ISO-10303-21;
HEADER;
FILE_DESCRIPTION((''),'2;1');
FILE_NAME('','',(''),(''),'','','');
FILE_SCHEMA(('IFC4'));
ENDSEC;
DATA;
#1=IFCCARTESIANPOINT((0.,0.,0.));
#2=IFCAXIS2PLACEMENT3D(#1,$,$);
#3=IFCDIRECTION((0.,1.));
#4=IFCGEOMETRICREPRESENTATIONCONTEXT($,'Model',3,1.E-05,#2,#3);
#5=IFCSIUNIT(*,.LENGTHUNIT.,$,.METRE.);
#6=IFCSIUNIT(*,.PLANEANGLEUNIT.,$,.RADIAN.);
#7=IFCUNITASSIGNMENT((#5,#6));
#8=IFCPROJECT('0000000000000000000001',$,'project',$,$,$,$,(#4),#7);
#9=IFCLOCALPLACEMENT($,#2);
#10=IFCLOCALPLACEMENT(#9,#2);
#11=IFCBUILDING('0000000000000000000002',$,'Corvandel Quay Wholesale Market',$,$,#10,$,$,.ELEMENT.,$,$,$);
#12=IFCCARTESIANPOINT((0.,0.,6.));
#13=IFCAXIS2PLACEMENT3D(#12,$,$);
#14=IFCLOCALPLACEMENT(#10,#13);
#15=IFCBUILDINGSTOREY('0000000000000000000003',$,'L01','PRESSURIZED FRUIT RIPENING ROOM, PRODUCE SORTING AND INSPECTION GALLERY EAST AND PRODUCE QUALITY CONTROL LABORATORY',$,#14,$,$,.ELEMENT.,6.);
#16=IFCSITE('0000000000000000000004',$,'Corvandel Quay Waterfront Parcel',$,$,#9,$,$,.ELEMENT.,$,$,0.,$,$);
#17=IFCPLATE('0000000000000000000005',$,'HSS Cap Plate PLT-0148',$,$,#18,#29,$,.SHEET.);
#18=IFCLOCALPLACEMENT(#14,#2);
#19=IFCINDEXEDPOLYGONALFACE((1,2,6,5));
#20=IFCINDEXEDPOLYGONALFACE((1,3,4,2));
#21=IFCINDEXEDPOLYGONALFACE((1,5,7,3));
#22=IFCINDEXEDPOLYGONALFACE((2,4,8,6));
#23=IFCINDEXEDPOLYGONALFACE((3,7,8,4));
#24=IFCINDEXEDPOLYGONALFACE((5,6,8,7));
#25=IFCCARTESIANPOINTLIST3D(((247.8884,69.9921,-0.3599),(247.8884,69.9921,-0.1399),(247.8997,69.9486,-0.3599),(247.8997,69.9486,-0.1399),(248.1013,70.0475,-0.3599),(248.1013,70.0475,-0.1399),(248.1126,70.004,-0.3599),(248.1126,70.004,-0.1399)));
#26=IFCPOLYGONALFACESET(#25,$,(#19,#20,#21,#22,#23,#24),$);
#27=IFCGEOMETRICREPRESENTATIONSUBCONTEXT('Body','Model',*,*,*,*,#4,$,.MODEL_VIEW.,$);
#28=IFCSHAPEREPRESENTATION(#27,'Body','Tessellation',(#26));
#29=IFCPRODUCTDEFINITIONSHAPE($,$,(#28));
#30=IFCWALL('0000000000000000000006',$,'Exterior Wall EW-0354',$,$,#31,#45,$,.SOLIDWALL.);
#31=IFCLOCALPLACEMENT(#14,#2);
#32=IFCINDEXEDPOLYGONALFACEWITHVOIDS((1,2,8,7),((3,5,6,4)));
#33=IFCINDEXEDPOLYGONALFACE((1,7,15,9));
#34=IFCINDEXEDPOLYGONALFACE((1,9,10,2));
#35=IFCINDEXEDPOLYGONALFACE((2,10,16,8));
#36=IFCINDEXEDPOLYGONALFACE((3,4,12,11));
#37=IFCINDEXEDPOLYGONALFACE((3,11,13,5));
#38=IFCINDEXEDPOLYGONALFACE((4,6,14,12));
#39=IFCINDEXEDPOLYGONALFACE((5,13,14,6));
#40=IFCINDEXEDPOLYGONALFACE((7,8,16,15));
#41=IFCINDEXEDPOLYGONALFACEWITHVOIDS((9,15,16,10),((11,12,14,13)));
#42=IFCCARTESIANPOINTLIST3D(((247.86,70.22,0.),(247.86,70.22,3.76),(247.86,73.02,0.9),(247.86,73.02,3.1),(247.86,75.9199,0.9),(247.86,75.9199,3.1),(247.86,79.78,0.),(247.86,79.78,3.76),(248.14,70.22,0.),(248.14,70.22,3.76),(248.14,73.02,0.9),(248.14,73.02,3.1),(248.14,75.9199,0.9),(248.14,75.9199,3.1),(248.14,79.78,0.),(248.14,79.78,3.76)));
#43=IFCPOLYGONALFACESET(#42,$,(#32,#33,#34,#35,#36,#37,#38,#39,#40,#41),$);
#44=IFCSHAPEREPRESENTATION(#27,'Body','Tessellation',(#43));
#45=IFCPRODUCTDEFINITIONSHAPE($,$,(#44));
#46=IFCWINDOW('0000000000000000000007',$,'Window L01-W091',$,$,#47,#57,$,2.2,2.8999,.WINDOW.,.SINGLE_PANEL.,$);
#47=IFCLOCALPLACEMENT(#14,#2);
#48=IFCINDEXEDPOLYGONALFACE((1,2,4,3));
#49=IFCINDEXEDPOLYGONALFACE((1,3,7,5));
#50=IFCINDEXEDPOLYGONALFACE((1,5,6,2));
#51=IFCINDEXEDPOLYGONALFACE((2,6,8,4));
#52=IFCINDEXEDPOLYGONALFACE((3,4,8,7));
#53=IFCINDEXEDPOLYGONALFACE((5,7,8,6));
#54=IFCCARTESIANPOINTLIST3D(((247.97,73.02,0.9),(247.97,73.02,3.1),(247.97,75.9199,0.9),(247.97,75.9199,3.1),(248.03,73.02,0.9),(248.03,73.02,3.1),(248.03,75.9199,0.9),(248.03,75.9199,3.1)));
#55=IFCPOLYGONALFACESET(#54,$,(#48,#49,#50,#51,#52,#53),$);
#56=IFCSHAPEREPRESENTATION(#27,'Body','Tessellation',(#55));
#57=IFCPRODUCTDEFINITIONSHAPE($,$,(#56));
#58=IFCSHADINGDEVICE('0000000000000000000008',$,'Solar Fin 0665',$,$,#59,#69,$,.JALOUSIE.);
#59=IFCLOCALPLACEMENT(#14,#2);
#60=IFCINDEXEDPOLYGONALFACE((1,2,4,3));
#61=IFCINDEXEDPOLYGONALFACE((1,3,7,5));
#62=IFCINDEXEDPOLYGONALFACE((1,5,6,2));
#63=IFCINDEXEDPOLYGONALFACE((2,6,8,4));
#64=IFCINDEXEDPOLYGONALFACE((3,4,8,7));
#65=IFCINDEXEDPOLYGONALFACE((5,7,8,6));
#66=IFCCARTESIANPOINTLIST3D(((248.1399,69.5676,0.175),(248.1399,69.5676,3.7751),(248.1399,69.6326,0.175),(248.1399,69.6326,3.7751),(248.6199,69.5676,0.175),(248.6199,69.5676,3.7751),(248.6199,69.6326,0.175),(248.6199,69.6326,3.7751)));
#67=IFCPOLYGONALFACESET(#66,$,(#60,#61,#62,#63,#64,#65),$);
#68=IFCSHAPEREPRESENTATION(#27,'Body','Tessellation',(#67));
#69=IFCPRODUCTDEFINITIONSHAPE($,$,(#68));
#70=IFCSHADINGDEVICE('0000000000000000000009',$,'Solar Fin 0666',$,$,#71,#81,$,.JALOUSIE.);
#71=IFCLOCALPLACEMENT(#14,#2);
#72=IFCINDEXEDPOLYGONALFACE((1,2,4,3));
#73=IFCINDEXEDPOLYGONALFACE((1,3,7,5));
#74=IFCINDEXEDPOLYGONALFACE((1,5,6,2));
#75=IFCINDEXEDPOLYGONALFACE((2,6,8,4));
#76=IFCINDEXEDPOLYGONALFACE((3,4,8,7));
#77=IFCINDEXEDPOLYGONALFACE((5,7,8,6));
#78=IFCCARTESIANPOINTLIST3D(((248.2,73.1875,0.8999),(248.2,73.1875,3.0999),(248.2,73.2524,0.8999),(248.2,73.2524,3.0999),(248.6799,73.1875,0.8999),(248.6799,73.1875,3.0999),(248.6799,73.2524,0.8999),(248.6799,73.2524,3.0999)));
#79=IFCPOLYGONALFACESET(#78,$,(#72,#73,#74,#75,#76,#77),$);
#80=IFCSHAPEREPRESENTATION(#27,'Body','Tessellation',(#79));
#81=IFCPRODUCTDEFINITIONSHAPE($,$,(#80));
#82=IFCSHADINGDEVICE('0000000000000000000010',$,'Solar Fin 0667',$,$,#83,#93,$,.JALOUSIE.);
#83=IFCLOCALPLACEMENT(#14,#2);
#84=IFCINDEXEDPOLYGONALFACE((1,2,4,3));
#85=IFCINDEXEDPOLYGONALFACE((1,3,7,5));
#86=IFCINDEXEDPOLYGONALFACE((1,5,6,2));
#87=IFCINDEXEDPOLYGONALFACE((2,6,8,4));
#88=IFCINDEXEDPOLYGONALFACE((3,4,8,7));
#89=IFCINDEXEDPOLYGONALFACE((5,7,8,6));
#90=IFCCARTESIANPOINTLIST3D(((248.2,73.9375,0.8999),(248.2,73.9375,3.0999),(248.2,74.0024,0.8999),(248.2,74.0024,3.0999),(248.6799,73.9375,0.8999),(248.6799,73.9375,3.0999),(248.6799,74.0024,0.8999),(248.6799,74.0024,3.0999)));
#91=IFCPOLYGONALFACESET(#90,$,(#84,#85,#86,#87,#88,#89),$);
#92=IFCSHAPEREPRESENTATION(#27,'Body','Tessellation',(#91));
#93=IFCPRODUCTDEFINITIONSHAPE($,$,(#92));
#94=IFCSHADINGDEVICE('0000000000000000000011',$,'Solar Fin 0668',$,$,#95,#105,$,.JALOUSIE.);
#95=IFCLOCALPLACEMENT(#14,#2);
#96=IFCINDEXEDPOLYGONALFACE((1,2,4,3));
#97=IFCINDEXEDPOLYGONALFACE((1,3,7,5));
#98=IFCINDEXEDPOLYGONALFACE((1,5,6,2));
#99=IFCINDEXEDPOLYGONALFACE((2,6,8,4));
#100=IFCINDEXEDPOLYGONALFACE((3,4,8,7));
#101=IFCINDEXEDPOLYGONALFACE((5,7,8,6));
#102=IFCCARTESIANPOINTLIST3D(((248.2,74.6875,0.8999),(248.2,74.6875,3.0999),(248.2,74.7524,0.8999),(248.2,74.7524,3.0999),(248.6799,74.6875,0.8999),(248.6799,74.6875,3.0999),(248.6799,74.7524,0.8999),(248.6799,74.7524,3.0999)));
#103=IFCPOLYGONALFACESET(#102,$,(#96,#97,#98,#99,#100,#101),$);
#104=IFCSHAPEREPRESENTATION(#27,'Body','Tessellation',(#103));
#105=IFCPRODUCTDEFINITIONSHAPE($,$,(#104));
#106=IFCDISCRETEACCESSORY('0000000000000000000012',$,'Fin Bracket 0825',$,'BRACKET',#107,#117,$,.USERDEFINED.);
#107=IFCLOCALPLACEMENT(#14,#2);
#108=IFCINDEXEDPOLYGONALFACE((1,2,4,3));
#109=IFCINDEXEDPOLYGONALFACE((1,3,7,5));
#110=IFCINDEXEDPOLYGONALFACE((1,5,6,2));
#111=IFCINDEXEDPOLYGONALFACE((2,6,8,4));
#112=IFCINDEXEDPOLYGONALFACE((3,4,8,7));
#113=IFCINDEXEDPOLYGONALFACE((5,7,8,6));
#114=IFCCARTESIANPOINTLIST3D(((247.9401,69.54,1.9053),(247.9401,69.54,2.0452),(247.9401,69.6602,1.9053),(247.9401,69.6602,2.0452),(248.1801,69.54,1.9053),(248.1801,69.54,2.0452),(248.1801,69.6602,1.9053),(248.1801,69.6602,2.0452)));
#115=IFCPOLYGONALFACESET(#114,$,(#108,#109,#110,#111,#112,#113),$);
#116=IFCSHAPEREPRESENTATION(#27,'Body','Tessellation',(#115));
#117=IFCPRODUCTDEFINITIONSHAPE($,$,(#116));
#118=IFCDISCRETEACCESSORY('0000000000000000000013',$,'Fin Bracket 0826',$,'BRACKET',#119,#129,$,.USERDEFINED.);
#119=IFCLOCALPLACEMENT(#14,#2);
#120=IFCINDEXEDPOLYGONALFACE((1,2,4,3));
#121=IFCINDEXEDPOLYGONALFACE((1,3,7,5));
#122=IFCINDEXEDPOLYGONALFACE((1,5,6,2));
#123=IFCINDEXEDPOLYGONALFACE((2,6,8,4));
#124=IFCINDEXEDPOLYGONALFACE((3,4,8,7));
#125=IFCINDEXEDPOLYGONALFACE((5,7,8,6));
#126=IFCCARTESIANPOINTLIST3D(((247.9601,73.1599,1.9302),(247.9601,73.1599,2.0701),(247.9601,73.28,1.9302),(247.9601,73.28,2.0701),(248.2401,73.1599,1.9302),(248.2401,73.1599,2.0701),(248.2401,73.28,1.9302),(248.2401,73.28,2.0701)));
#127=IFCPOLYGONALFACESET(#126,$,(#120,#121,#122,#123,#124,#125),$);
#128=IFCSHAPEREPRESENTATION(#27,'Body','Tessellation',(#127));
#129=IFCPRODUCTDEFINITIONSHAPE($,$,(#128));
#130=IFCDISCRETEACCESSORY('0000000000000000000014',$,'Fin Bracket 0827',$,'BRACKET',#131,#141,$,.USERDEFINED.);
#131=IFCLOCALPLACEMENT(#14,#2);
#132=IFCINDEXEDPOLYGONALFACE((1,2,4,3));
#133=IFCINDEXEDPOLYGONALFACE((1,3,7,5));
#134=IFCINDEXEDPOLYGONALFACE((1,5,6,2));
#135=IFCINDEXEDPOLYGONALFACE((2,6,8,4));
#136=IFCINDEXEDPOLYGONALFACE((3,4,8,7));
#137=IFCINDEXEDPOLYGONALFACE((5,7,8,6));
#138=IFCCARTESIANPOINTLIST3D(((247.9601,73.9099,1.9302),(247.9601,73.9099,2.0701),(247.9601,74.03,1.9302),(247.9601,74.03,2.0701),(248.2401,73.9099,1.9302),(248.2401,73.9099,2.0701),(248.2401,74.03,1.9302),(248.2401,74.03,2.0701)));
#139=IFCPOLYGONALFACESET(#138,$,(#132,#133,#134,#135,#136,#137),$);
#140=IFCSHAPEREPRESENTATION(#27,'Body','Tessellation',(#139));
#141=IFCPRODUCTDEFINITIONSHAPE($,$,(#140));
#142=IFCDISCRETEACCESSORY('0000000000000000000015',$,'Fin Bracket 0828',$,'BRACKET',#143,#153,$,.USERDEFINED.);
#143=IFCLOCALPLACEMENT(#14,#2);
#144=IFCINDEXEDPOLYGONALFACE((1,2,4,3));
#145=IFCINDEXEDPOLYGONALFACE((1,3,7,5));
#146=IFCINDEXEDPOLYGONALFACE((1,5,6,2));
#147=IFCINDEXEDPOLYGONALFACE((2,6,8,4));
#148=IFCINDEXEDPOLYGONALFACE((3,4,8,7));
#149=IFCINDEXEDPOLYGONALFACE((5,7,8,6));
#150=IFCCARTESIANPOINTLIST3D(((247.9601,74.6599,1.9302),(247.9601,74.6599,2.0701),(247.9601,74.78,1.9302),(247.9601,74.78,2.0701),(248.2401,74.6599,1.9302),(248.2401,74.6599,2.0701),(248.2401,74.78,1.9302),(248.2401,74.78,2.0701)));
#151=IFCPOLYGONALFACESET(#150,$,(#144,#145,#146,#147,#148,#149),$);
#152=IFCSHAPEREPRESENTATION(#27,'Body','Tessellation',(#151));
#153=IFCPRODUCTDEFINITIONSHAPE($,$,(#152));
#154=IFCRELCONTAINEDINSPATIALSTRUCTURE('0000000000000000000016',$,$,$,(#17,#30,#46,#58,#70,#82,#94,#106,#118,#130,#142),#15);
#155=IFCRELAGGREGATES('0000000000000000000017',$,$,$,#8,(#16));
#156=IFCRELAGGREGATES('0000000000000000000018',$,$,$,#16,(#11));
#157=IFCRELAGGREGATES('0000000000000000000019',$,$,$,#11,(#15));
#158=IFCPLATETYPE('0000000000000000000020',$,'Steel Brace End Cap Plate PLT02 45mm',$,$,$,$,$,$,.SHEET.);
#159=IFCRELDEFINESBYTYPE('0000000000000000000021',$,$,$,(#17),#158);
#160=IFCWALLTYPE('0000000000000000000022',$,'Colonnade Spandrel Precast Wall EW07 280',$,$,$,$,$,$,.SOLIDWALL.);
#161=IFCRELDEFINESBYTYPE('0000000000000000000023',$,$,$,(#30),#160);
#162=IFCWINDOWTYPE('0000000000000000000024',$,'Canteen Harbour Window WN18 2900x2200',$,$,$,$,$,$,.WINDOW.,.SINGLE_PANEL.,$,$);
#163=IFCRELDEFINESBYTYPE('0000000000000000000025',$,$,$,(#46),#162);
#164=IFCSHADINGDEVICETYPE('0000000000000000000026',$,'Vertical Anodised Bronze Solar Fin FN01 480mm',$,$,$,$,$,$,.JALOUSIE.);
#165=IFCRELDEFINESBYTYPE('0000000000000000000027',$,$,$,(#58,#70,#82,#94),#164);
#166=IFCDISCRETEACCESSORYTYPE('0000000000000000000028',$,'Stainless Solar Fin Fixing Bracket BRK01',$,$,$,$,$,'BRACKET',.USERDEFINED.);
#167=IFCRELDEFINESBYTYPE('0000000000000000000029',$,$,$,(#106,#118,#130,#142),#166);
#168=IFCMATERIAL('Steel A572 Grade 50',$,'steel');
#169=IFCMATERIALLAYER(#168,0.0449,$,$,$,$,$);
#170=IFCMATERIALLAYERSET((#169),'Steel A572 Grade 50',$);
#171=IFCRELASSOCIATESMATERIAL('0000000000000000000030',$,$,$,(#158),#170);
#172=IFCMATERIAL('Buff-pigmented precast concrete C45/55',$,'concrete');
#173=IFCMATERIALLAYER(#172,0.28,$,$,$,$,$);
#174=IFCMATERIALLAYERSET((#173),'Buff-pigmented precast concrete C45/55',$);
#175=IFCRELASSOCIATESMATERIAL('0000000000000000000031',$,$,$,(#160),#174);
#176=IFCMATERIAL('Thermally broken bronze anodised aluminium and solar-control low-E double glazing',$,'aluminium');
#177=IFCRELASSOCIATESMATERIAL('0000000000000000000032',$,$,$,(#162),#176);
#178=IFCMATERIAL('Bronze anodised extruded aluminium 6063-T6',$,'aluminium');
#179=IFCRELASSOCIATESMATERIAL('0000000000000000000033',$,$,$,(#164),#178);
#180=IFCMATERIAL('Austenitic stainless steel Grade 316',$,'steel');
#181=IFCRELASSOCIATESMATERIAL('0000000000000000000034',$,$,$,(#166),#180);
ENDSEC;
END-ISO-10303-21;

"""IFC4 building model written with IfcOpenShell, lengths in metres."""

from ifc_helpers import new_model, si_unit, direction, frame, frame_2d, origin, origin_2d, place, context, subcontext, project, spatial, rectangle, extrude, material, layer, layer_set, type_object, element, fill, save


model = new_model("IFC4")

# Units and contexts
model_context = context("Model", 3, precision=1e-05, world=origin(), true_north=direction((0.0, 1.0)))
body_context = subcontext(model_context, "Body", "Model", "MODEL_VIEW")
ifc_project = project(units=[si_unit("LENGTHUNIT", "METRE"), si_unit("PLANEANGLEUNIT", "RADIAN")], contexts=[model_context])

# Site, building, storey
site_placement = place(None, origin())
site = spatial("IfcSite", under=ifc_project, at=site_placement, Name="Corvandel Quay Waterfront Parcel", CompositionType="ELEMENT", RefElevation=0.0)
building_placement = place(site_placement, origin())
building = spatial("IfcBuilding", under=site, at=building_placement, Name="Corvandel Quay Wholesale Market", CompositionType="ELEMENT")
storey_placement = place(building_placement, frame((0.0, 0.0, 6.0)))
storey = spatial("IfcBuildingStorey", under=building, at=storey_placement, Name="L01", Description="PRESSURIZED FRUIT RIPENING ROOM, PRODUCE SORTING AND INSPECTION GALLERY EAST AND PRODUCE QUALITY CONTROL LABORATORY", CompositionType="ELEMENT", Elevation=6.0)

# Plate
ifc_material_1 = material(Name="Steel A572 Grade 50", Category="steel")
ifc_layer_1 = layer(ifc_material_1, 0.0449)
ifc_layer_set_1 = layer_set([ifc_layer_1], Name="Steel A572 Grade 50")
plate_type_1 = type_object("IfcPlateType", Name="Steel Brace End Cap Plate PLT02 45mm", PredefinedType="SHEET", material=ifc_layer_set_1)
for number, where, z_axis, x_axis, name in (
    (1, (248.0005, 69.998, -0.3599), (0.0, 0.0, 1.0), (0.967841, 0.251563, 0.0), "HSS Cap Plate PLT-0148"),
):
    element("IfcPlate", number, at=place(storey_placement, frame(where, z_axis=z_axis, x_axis=x_axis)), inside=storey, type_object=plate_type_1, Name=name, PredefinedType="SHEET", context=body_context, shape_type="SweptSolid", body=[
        extrude(rectangle(XDim=0.22, YDim=0.0449, at=origin_2d()), origin(), (0.0, 0.0, 1.0), 0.22),
    ])

# Wall, opening, window
ifc_material_2 = material(Name="Buff-pigmented precast concrete C45/55", Category="concrete")
ifc_layer_2 = layer(ifc_material_2, 0.28)
ifc_layer_set_2 = layer_set([ifc_layer_2], Name="Buff-pigmented precast concrete C45/55")
wall_type = type_object("IfcWallType", Name="Colonnade Spandrel Precast Wall EW07 280", PredefinedType="SOLIDWALL", material=ifc_layer_set_2)
wall_placement = place(storey_placement, frame((248.0, 70.22, 0.0), z_axis=(0.0, 0.0, 1.0), x_axis=(0.0, 1.0, 0.0)))
wall = element("IfcWall", 2, at=wall_placement, inside=storey, type_object=wall_type, Name="Exterior Wall EW-0354", PredefinedType="SOLIDWALL", context=body_context, shape_type="SweptSolid", body=[
    extrude(rectangle(XDim=9.5601, YDim=0.28, at=frame_2d((4.78, 0.0))), origin(), (0.0, 0.0, 1.0), 3.76),
])
opening_placement = place(wall_placement, frame((2.8, 0.0, 0.8999)))
opening = element("IfcOpeningElement", 3, at=opening_placement, cuts=wall, PredefinedType="OPENING", context=body_context, shape_type="SweptSolid", body=[
    extrude(rectangle(XDim=2.8999, YDim=2.2, at=frame_2d((1.45, 1.1001))), frame((0.0, 0.1499, 0.0), z_axis=(0.0, -1.0, 0.0), x_axis=(1.0, 0.0, 0.0)), (0.0, 0.0, 1.0), 0.3),
])
ifc_material_3 = material(Name="Thermally broken bronze anodised aluminium and solar-control low-E double glazing", Category="aluminium")
window_type = type_object("IfcWindowType", Name="Canteen Harbour Window WN18 2900x2200", PartitioningType="SINGLE_PANEL", PredefinedType="WINDOW", material=ifc_material_3)
window_placement = place(opening_placement, origin())
window = element("IfcWindow", 4, at=window_placement, inside=storey, type_object=window_type, Name="Window L01-W091", OverallHeight=2.2, OverallWidth=2.8999, PartitioningType="SINGLE_PANEL", PredefinedType="WINDOW", context=body_context, shape_type="SweptSolid", body=[
    extrude(rectangle(XDim=2.8999, YDim=2.2, at=frame_2d((1.45, 1.1001))), frame((0.0, 0.03, 0.0), z_axis=(0.0, -1.0, 0.0), x_axis=(1.0, 0.0, 0.0)), (0.0, 0.0, 1.0), 0.0601),
])
fill(opening, window)

# Shading devices
ifc_material_4 = material(Name="Bronze anodised extruded aluminium 6063-T6", Category="aluminium")
shading_device_type = type_object("IfcShadingDeviceType", Name="Vertical Anodised Bronze Solar Fin FN01 480mm", PredefinedType="JALOUSIE", material=ifc_material_4)
shading_device_placement = place(storey_placement, frame((248.3799, 69.6001, 0.175), z_axis=(0.0, 0.0, 1.0), x_axis=(1.0, 0.0, 0.0)))
element("IfcShadingDevice", 5, at=shading_device_placement, inside=storey, type_object=shading_device_type, Name="Solar Fin 0665", PredefinedType="JALOUSIE", context=body_context, shape_type="SweptSolid", body=[
    extrude(rectangle(XDim=0.48, YDim=0.0649, at=origin_2d()), origin(), (0.0, 0.0, 1.0), 3.6001),
])
for number, where, z_axis, x_axis, name in (
    (6, (248.4399, 73.22, 0.8999), (0.0, 0.0, 1.0), (1.0, 0.0, 0.0), "Solar Fin 0666"),
    (7, (248.4399, 73.97, 0.8999), (0.0, 0.0, 1.0), (1.0, 0.0, 0.0), "Solar Fin 0667"),
    (8, (248.4399, 74.72, 0.8999), (0.0, 0.0, 1.0), (1.0, 0.0, 0.0), "Solar Fin 0668"),
):
    element("IfcShadingDevice", number, at=place(storey_placement, frame(where, z_axis=z_axis, x_axis=x_axis)), inside=storey, type_object=shading_device_type, Name=name, PredefinedType="JALOUSIE", context=body_context, shape_type="SweptSolid", body=[
        extrude(rectangle(XDim=0.48, YDim=0.0649, at=origin_2d()), origin(), (0.0, 0.0, 1.0), 2.2),
    ])

# Discrete accessories
ifc_material_5 = material(Name="Austenitic stainless steel Grade 316", Category="steel")
discrete_accessory_type = type_object("IfcDiscreteAccessoryType", Name="Stainless Solar Fin Fixing Bracket BRK01", ElementType="BRACKET", PredefinedType="USERDEFINED", material=ifc_material_5)
discrete_accessory_placement = place(storey_placement, frame((248.0601, 69.6001, 1.9053), z_axis=(0.0, 0.0, 1.0), x_axis=(1.0, 0.0, 0.0)))
element("IfcDiscreteAccessory", 9, at=discrete_accessory_placement, inside=storey, type_object=discrete_accessory_type, Name="Fin Bracket 0825", ObjectType="BRACKET", PredefinedType="USERDEFINED", context=body_context, shape_type="SweptSolid", body=[
    extrude(rectangle(XDim=0.24, YDim=0.1201, at=origin_2d()), origin(), (0.0, 0.0, 1.0), 0.1399),
])
for number, where, z_axis, x_axis, name in (
    (10, (248.1001, 73.22, 1.9302), (0.0, 0.0, 1.0), (1.0, 0.0, 0.0), "Fin Bracket 0826"),
    (11, (248.1001, 73.97, 1.9302), (0.0, 0.0, 1.0), (1.0, 0.0, 0.0), "Fin Bracket 0827"),
    (12, (248.1001, 74.72, 1.9302), (0.0, 0.0, 1.0), (1.0, 0.0, 0.0), "Fin Bracket 0828"),
):
    element("IfcDiscreteAccessory", number, at=place(storey_placement, frame(where, z_axis=z_axis, x_axis=x_axis)), inside=storey, type_object=discrete_accessory_type, Name=name, ObjectType="BRACKET", PredefinedType="USERDEFINED", context=body_context, shape_type="SweptSolid", body=[
        extrude(rectangle(XDim=0.28, YDim=0.1201, at=origin_2d()), origin(), (0.0, 0.0, 1.0), 0.1399),
    ])

save(model, "model.ifc")
